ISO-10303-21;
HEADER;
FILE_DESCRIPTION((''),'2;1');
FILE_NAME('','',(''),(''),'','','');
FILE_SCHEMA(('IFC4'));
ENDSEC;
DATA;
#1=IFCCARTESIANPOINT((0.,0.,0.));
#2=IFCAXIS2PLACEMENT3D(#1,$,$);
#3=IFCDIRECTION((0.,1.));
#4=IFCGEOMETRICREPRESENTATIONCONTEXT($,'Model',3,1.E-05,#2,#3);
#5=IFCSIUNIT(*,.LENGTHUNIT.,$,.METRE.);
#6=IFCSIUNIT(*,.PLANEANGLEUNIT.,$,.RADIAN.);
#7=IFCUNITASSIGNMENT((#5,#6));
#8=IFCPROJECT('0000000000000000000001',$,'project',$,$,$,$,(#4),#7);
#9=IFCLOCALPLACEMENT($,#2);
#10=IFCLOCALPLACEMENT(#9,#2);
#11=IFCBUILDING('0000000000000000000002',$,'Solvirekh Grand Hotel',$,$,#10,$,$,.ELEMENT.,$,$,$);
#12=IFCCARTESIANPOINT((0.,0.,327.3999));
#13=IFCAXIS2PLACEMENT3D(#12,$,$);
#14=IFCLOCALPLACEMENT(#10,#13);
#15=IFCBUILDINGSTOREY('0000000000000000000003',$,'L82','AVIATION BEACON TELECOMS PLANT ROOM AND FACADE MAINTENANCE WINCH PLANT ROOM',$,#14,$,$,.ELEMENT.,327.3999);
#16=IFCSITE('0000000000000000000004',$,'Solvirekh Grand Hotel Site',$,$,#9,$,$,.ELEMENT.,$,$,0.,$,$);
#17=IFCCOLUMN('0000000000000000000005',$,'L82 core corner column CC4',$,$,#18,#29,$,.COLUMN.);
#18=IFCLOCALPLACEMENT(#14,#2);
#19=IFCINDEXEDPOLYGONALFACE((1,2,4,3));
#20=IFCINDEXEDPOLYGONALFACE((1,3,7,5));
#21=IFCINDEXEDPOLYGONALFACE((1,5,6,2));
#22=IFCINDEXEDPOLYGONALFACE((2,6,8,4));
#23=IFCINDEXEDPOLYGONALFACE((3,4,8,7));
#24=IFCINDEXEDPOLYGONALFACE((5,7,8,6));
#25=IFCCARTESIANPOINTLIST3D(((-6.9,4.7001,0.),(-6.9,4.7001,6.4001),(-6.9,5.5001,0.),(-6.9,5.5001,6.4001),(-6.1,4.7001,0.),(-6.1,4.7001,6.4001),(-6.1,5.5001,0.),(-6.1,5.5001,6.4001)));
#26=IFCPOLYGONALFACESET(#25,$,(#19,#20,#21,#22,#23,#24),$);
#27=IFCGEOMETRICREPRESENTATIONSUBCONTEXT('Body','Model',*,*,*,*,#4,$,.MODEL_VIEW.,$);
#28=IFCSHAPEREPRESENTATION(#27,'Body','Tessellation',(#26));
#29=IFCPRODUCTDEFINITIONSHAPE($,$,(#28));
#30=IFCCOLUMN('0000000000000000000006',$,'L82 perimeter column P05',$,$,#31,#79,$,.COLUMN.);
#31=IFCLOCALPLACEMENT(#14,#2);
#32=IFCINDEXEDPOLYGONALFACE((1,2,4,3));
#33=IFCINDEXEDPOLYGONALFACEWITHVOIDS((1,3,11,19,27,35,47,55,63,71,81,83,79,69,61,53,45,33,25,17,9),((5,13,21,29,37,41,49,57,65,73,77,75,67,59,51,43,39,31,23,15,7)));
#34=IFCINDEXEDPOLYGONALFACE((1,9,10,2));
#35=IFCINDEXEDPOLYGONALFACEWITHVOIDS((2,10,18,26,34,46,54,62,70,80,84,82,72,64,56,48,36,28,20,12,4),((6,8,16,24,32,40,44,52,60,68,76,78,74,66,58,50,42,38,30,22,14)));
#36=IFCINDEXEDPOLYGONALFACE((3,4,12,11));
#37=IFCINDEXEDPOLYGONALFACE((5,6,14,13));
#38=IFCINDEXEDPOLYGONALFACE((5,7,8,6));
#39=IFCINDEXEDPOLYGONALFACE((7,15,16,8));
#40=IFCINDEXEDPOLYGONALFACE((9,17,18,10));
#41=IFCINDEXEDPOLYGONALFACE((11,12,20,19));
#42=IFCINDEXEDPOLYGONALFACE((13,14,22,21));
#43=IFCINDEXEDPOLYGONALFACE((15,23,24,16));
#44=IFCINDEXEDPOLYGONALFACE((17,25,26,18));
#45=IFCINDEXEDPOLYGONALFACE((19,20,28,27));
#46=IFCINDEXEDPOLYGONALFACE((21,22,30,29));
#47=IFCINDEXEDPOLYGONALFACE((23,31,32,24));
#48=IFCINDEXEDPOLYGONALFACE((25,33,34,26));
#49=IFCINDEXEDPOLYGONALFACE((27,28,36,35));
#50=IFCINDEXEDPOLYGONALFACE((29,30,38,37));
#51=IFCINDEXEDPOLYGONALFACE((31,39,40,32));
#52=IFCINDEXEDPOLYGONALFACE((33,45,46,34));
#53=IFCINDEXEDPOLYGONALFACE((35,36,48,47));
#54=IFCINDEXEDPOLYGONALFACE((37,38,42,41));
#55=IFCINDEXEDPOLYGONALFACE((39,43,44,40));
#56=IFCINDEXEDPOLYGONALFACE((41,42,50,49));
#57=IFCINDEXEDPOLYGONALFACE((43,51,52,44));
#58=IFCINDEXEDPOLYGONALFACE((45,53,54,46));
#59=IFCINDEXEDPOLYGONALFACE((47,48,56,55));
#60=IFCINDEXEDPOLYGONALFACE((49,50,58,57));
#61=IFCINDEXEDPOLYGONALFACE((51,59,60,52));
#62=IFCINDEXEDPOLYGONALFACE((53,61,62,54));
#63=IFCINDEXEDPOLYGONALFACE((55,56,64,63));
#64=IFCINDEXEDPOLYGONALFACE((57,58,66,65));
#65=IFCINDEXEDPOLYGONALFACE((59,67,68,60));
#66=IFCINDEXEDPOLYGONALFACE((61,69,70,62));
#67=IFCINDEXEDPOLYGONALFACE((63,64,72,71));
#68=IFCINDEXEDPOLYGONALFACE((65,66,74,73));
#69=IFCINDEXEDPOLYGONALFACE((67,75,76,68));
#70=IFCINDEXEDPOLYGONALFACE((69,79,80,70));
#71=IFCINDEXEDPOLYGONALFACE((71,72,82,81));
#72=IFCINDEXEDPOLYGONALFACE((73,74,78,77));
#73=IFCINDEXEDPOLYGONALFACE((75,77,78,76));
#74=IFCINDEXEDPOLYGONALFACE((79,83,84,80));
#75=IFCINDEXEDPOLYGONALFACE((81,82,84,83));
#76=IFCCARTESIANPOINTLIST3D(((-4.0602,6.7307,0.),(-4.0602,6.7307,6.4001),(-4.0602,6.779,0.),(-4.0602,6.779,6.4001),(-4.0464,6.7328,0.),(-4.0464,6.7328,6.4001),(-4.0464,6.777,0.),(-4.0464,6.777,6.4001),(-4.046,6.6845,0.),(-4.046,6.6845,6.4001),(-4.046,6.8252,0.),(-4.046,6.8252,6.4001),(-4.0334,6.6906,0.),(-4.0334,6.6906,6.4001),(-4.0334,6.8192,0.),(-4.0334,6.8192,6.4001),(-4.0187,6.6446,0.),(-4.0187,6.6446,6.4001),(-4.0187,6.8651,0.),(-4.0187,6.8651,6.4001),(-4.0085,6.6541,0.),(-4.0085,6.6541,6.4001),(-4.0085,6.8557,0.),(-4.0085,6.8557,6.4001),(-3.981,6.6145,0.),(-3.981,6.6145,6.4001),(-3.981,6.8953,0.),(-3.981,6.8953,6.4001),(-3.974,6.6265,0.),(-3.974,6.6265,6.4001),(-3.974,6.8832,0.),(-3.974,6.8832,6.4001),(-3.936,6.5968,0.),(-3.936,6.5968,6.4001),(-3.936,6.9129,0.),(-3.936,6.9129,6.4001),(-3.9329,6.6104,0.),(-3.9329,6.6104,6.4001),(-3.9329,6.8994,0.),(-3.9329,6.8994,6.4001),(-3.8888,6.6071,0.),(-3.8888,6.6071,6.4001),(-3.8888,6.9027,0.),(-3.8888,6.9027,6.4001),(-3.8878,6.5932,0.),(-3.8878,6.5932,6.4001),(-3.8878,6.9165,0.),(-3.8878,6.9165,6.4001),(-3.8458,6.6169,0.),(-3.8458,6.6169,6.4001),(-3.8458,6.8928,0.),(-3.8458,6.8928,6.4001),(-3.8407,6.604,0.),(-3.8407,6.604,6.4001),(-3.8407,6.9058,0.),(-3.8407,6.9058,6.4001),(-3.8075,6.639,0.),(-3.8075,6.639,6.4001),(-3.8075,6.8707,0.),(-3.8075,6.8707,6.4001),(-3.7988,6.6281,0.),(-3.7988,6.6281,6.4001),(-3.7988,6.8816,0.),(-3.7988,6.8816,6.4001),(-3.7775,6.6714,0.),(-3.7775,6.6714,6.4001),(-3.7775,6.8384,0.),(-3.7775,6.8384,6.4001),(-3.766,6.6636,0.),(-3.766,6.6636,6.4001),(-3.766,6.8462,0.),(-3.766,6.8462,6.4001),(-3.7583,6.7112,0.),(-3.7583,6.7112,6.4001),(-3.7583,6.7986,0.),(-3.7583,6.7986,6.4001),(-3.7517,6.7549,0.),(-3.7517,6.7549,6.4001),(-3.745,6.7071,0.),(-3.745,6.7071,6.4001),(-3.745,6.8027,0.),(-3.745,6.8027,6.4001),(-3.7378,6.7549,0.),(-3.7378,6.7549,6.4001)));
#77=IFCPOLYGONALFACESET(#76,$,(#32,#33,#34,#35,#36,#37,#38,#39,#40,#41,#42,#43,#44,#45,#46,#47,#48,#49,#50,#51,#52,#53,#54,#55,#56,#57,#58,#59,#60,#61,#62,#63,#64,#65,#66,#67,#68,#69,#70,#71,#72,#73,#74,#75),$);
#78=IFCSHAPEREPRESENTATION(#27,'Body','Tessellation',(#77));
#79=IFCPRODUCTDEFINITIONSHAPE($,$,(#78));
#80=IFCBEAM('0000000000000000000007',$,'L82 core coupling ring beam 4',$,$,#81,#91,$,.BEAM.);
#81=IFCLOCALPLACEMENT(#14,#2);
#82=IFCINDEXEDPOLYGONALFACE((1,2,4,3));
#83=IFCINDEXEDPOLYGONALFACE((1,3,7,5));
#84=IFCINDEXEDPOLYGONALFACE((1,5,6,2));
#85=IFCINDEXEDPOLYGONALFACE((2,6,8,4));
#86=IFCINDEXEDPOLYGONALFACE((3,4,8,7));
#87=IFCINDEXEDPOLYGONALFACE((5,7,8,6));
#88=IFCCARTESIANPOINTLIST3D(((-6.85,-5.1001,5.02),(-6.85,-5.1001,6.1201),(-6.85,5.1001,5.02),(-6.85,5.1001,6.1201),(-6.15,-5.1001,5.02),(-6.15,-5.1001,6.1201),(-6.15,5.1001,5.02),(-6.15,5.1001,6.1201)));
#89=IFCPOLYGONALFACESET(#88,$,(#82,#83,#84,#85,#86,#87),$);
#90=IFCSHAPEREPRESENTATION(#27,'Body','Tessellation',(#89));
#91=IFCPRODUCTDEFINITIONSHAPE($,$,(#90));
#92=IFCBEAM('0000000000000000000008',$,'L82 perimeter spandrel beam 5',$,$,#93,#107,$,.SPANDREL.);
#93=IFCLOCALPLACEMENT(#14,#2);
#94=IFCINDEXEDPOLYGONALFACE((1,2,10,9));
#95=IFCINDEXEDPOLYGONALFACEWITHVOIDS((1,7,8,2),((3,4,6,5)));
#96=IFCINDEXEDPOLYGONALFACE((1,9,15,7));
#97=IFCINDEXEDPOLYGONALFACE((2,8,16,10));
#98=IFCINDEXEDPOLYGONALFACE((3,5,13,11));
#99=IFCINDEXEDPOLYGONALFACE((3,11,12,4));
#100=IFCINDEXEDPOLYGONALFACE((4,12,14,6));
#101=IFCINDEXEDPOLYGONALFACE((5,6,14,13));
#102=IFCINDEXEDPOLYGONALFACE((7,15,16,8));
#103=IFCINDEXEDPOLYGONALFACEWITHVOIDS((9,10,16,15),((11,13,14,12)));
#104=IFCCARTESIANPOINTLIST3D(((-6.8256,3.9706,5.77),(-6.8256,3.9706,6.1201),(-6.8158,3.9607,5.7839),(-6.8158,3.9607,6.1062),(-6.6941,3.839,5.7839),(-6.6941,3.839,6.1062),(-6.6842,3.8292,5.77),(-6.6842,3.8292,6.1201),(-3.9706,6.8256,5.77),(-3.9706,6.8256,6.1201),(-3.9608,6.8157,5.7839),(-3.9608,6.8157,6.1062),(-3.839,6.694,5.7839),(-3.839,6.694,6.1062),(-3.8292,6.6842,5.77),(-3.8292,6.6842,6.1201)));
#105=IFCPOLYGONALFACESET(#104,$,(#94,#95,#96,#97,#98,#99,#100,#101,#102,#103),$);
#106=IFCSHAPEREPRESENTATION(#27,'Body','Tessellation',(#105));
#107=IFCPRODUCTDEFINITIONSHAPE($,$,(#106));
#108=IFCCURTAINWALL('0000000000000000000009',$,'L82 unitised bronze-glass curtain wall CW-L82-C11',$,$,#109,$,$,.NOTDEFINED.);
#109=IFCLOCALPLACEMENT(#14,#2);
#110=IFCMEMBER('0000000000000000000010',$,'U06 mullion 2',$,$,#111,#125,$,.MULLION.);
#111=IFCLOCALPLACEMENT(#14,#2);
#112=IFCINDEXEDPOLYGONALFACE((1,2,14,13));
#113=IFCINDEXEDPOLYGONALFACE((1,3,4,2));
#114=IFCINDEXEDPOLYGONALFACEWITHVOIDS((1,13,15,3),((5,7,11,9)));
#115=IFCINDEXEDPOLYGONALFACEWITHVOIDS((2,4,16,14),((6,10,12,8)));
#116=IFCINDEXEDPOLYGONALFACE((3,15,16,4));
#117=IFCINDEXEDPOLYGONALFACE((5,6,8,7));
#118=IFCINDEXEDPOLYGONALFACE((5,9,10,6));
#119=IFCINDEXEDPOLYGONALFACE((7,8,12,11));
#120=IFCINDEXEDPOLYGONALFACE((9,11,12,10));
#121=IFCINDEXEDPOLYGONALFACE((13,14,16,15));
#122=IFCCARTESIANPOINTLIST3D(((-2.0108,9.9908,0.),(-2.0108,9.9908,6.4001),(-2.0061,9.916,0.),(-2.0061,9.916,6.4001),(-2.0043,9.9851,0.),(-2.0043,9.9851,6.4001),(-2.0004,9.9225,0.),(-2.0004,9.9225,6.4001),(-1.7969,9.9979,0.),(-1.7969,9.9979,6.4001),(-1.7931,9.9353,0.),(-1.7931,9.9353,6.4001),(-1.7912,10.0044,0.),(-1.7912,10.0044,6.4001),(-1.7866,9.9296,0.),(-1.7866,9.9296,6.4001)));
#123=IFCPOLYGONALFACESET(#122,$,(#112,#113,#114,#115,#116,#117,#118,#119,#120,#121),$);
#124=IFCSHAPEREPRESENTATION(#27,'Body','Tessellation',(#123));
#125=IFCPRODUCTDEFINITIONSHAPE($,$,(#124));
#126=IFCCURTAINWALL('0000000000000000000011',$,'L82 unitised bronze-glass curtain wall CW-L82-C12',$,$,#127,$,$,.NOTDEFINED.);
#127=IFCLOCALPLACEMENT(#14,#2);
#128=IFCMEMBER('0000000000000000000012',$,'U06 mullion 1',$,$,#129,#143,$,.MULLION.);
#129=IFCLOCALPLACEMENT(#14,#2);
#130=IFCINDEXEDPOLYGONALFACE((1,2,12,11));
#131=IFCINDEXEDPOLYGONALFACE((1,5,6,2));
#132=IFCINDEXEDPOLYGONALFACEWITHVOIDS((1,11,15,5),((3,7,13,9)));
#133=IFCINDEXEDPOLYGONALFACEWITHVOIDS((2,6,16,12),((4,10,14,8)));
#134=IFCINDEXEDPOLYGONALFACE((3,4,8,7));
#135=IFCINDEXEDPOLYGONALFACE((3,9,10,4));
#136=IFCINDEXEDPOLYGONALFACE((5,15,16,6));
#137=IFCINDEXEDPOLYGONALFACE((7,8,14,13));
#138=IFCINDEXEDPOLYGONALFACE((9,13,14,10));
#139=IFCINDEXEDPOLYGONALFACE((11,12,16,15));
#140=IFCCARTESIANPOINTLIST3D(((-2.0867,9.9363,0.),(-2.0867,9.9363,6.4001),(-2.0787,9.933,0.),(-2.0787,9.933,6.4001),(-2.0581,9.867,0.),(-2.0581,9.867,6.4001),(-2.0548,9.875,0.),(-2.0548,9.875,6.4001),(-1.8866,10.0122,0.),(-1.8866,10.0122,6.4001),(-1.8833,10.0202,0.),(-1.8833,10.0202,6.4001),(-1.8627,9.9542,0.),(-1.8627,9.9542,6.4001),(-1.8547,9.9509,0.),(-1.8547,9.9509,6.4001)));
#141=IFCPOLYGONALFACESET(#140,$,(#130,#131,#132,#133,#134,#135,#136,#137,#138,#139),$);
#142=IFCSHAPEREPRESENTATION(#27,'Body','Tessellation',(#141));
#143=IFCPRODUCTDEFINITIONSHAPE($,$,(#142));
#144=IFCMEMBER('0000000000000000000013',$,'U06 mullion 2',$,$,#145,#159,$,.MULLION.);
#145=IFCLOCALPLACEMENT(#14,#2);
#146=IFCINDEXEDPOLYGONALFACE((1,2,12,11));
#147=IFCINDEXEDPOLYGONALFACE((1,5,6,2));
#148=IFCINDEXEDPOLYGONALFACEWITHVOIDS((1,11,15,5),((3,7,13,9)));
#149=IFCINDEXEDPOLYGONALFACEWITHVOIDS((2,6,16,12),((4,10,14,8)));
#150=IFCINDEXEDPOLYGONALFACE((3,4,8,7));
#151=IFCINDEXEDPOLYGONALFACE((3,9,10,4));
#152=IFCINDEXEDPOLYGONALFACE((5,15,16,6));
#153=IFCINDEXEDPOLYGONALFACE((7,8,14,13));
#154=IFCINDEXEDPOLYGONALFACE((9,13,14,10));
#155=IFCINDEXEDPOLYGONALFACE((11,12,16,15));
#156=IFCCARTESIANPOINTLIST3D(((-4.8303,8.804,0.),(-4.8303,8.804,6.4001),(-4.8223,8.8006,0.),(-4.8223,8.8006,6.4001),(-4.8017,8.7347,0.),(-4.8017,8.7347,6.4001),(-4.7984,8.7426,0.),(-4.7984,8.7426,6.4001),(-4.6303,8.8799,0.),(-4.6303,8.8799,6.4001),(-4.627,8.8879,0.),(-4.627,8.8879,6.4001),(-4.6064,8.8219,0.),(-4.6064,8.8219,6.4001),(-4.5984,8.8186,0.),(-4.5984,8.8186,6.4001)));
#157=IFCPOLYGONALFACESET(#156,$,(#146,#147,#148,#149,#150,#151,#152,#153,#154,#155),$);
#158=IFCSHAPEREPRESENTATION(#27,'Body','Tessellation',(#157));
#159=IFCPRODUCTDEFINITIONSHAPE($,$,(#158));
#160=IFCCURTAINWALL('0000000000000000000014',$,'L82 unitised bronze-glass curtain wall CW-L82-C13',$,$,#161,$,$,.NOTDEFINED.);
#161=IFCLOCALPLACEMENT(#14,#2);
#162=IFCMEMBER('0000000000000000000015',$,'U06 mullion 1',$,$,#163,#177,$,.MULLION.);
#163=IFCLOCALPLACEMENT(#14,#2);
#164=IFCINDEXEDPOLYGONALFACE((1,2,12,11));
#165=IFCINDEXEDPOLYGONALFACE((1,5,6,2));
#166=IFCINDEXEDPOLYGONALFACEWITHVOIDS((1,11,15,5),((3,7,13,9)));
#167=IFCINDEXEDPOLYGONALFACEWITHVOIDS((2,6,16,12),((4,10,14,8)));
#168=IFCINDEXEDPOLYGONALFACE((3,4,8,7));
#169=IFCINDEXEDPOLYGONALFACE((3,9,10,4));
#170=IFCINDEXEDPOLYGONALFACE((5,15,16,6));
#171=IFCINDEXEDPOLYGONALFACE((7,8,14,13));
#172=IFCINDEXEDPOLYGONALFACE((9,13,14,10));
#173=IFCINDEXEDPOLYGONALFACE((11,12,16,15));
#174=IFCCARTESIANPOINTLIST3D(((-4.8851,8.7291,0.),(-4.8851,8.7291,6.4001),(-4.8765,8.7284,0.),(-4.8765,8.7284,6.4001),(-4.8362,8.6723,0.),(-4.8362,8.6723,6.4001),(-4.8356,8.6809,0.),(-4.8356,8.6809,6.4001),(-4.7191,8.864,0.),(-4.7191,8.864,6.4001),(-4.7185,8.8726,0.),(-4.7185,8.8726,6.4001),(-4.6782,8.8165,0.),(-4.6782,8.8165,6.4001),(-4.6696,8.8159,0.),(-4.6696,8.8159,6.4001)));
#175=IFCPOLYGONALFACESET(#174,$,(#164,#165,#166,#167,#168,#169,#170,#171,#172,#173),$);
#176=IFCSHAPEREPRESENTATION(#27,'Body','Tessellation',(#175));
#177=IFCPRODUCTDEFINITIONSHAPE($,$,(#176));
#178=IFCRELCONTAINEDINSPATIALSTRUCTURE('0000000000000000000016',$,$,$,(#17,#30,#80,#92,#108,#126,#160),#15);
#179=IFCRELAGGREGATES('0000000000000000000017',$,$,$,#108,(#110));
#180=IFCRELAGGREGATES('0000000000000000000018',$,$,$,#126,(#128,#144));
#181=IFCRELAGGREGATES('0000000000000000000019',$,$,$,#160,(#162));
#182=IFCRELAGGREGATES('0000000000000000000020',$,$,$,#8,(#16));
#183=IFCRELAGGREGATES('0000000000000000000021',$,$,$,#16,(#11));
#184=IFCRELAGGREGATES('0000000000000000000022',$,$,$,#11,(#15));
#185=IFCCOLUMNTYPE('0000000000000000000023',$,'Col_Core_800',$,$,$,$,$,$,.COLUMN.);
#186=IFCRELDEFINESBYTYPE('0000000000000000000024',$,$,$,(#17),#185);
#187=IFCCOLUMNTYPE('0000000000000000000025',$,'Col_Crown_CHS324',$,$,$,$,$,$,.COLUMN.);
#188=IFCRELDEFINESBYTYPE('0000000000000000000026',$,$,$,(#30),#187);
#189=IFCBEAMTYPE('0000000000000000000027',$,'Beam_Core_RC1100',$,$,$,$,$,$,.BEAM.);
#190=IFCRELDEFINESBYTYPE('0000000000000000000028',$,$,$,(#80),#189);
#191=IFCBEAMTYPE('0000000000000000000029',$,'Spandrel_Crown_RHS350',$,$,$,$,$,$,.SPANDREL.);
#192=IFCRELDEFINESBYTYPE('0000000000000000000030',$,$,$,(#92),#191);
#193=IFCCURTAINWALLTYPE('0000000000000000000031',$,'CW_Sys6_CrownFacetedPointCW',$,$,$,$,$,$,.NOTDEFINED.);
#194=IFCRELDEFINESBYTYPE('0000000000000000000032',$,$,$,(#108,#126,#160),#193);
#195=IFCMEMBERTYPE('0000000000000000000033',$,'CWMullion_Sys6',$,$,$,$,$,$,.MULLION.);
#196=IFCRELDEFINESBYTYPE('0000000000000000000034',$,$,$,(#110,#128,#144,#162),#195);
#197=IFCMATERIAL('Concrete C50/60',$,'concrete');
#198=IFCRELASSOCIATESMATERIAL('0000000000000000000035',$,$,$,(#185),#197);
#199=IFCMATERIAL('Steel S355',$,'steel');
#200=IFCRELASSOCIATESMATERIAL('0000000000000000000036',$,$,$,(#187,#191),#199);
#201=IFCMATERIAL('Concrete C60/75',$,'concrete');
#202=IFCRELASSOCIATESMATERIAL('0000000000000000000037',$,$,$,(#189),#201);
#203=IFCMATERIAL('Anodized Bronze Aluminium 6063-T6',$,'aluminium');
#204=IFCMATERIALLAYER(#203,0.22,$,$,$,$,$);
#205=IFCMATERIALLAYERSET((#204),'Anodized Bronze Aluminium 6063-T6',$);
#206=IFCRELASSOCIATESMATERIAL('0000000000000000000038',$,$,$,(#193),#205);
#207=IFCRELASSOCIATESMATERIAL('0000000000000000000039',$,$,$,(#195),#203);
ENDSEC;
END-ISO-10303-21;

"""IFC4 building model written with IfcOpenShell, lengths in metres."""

from ifc_helpers import new_model, si_unit, direction, frame, origin, origin_2d, place, context, subcontext, project, spatial, rectangle, hollow_rectangle, hollow_circle, extrude, source, transform, mapped, material, layer, layer_set, material_profile, profile_set, type_object, element, aggregate, save


model = new_model("IFC4")

# Units and contexts
model_context = context("Model", 3, precision=1e-05, world=origin(), true_north=direction((0.0, 1.0)))
body_context = subcontext(model_context, "Body", "Model", "MODEL_VIEW")
ifc_project = project(units=[si_unit("LENGTHUNIT", "METRE"), si_unit("PLANEANGLEUNIT", "RADIAN")], contexts=[model_context])

# Site, building, storey
site_placement = place(None, origin())
site = spatial("IfcSite", under=ifc_project, at=site_placement, Name="Solvirekh Grand Hotel Site", CompositionType="ELEMENT", RefElevation=0.0)
building_placement = place(site_placement, origin())
building = spatial("IfcBuilding", under=site, at=building_placement, Name="Solvirekh Grand Hotel", CompositionType="ELEMENT")
storey_placement = place(building_placement, frame((0.0, 0.0, 327.3999)))
storey = spatial("IfcBuildingStorey", under=building, at=storey_placement, Name="L82", Description="AVIATION BEACON TELECOMS PLANT ROOM AND FACADE MAINTENANCE WINCH PLANT ROOM", CompositionType="ELEMENT", Elevation=327.3999)

# Columns
ifc_material_1 = material(Name="Concrete C50/60", Category="concrete")
ifc_material_profile_1 = material_profile(ifc_material_1, rectangle(XDim=0.8, YDim=0.8, at=origin_2d()), Name="RC 800X800")
ifc_profile_set_1 = profile_set([ifc_material_profile_1], Name="Concrete C50/60")
column_type_1 = type_object("IfcColumnType", Name="Col_Core_800", PredefinedType="COLUMN", material=ifc_profile_set_1)
column_1_placement = place(storey_placement, frame((-6.5, 5.1001, 0.0), z_axis=(0.0, 0.0, 1.0), x_axis=(1.0, 0.0, 0.0)))
element("IfcColumn", 1, at=column_1_placement, inside=storey, type_object=column_type_1, Name="L82 core corner column CC4", PredefinedType="COLUMN", context=body_context, shape_type="SweptSolid", body=[
    extrude(rectangle(XDim=0.8, YDim=0.8, at=origin_2d()), origin(), (0.0, 0.0, 1.0), 6.4001),
])
ifc_material_2 = material(Name="Steel S355", Category="steel")
ifc_material_profile_2 = material_profile(ifc_material_2, hollow_circle(Radius=0.1621, WallThickness=0.0139, at=origin_2d()), Name="CHS 324X14")
ifc_profile_set_2 = profile_set([ifc_material_profile_2], Name="Steel S355")
column_type_2 = type_object("IfcColumnType", Name="Col_Crown_CHS324", PredefinedType="COLUMN", material=ifc_profile_set_2)
column_2_placement = place(storey_placement, frame((-3.8999, 6.7549, 0.0), z_axis=(0.0, 0.0, 1.0), x_axis=(1.0, 0.0, 0.0)))
element("IfcColumn", 2, at=column_2_placement, inside=storey, type_object=column_type_2, Name="L82 perimeter column P05", PredefinedType="COLUMN", context=body_context, shape_type="SweptSolid", body=[
    extrude(hollow_circle(Radius=0.1621, WallThickness=0.0139, at=origin_2d()), origin(), (0.0, 0.0, 1.0), 6.4001),
])

# Beams
ifc_material_3 = material(Name="Concrete C60/75", Category="concrete")
ifc_material_profile_3 = material_profile(ifc_material_3, rectangle(XDim=0.7, YDim=1.1001, at=origin_2d()), Name="RC BEAM 700X1100")
ifc_profile_set_3 = profile_set([ifc_material_profile_3], Name="Concrete C60/75")
beam_type_1 = type_object("IfcBeamType", Name="Beam_Core_RC1100", PredefinedType="BEAM", material=ifc_profile_set_3)
beam_1_placement = place(storey_placement, frame((-6.5, 5.1001, 5.5701), z_axis=(0.0, -1.0, 0.0), x_axis=(1.0, 0.0, 0.0)))
element("IfcBeam", 3, at=beam_1_placement, inside=storey, type_object=beam_type_1, Name="L82 core coupling ring beam 4", PredefinedType="BEAM", context=body_context, shape_type="SweptSolid", body=[
    extrude(rectangle(XDim=0.7, YDim=1.1001, at=origin_2d()), origin(), (0.0, 0.0, 1.0), 10.2002),
])
ifc_material_profile_4 = material_profile(ifc_material_2, hollow_rectangle(XDim=0.2, YDim=0.3501, WallThickness=0.0139, at=origin_2d()), Name="RHS 350X200X14")
ifc_profile_set_4 = profile_set([ifc_material_profile_4], Name="Steel S355")
beam_type_2 = type_object("IfcBeamType", Name="Spandrel_Crown_RHS350", PredefinedType="SPANDREL", material=ifc_profile_set_4)
beam_2_placement = place(storey_placement, frame((-3.8999, 6.7549, 5.9451), z_axis=(-0.707107, -0.707107, 0.0), x_axis=(0.707107, -0.707107, 0.0)))
element("IfcBeam", 4, at=beam_2_placement, inside=storey, type_object=beam_type_2, Name="L82 perimeter spandrel beam 5", PredefinedType="SPANDREL", context=body_context, shape_type="SweptSolid", body=[
    extrude(hollow_rectangle(XDim=0.2, YDim=0.3501, WallThickness=0.0139, at=origin_2d()), origin(), (0.0, 0.0, 1.0), 4.0376),
])

# Curtain wall, member
ifc_material_4 = material(Name="Anodized Bronze Aluminium 6063-T6", Category="aluminium")
ifc_layer_1 = layer(ifc_material_4, 0.22)
ifc_layer_set_1 = layer_set([ifc_layer_1], Name="Anodized Bronze Aluminium 6063-T6")
curtain_wall_type = type_object("IfcCurtainWallType", Name="CW_Sys6_CrownFacetedPointCW", PredefinedType="NOTDEFINED", material=ifc_layer_set_1)
curtain_wall_1_placement = place(storey_placement, origin())
curtain_wall_1 = element("IfcCurtainWall", 5, at=curtain_wall_1_placement, inside=storey, type_object=curtain_wall_type, Name="L82 unitised bronze-glass curtain wall CW-L82-C11", PredefinedType="NOTDEFINED")
ifc_material_profile_5 = material_profile(ifc_material_4, hollow_rectangle(XDim=0.075, YDim=0.22, WallThickness=0.0061, at=origin_2d()), Name="ALU RHS 220X75X6")
ifc_profile_set_5 = profile_set([ifc_material_profile_5], Name="Anodized Bronze Aluminium 6063-T6")
member_type_1 = type_object("IfcMemberType", Name="CWMullion_Sys6", PredefinedType="MULLION", material=ifc_profile_set_5)
shared_shape_1 = source(origin(), body_context, "Body", "SweptSolid", [
    extrude(hollow_rectangle(XDim=0.075, YDim=0.22, WallThickness=0.0061, at=origin_2d()), origin(), (0.0, 0.0, 1.0), 6.4001),
])
member_1_placement = place(storey_placement, frame((-1.8987, 9.9602, 0.0), z_axis=(0.0, 0.0, 1.0), x_axis=(0.06184, -0.998086, 0.0)))
member_1 = element("IfcMember", 6, at=member_1_placement, type_object=member_type_1, Name="U06 mullion 2", PredefinedType="MULLION", context=body_context, shape_type="MappedRepresentation", body=[
    mapped(shared_shape_1, transform((0.0, 0.0, 0.0), x_axis=(1.0, 0.0, 0.0), y_axis=(0.0, 1.0, 0.0), z_axis=(0.0, 0.0, 1.0), scale=1.0)),
])

# Curtain walls, members
curtain_wall_2_placement = place(storey_placement, origin())
curtain_wall_2 = element("IfcCurtainWall", 7, at=curtain_wall_2_placement, inside=storey, type_object=curtain_wall_type, Name="L82 unitised bronze-glass curtain wall CW-L82-C12", PredefinedType="NOTDEFINED")
member_2_placement = place(storey_placement, frame((-1.9707, 9.9436, 0.0), z_axis=(0.0, 0.0, 1.0), x_axis=(0.38151, -0.924365, 0.0)))
member_2 = element("IfcMember", 8, at=member_2_placement, type_object=member_type_1, Name="U06 mullion 1", PredefinedType="MULLION", context=body_context, shape_type="MappedRepresentation", body=[
    mapped(shared_shape_1, transform((0.0, 0.0, 0.0), x_axis=(1.0, 0.0, 0.0), y_axis=(0.0, 1.0, 0.0), z_axis=(0.0, 0.0, 1.0), scale=1.0)),
])
member_3_placement = place(storey_placement, frame((-4.7144, 8.8113, 0.0), z_axis=(0.0, 0.0, 1.0), x_axis=(0.38151, -0.924365, 0.0)))
member_3 = element("IfcMember", 9, at=member_3_placement, type_object=member_type_1, Name="U06 mullion 2", PredefinedType="MULLION", context=body_context, shape_type="MappedRepresentation", body=[
    mapped(shared_shape_1, transform((0.0, 0.0, 0.0), x_axis=(1.0, 0.0, 0.0), y_axis=(0.0, 1.0, 0.0), z_axis=(0.0, 0.0, 1.0), scale=1.0)),
])
curtain_wall_3_placement = place(storey_placement, origin())
curtain_wall_3 = element("IfcCurtainWall", 10, at=curtain_wall_3_placement, inside=storey, type_object=curtain_wall_type, Name="L82 unitised bronze-glass curtain wall CW-L82-C13", PredefinedType="NOTDEFINED")
member_4_placement = place(storey_placement, frame((-4.7773, 8.7725, 0.0), z_axis=(0.0, 0.0, 1.0), x_axis=(0.652729, -0.757592, 0.0)))
member_4 = element("IfcMember", 11, at=member_4_placement, type_object=member_type_1, Name="U06 mullion 1", PredefinedType="MULLION", context=body_context, shape_type="MappedRepresentation", body=[
    mapped(shared_shape_1, transform((0.0, 0.0, 0.0), x_axis=(1.0, 0.0, 0.0), y_axis=(0.0, 1.0, 0.0), z_axis=(0.0, 0.0, 1.0), scale=1.0)),
])

aggregate(curtain_wall_1, [member_1])
aggregate(curtain_wall_2, [member_2, member_3])
aggregate(curtain_wall_3, [member_4])

save(model, "model.ifc")
